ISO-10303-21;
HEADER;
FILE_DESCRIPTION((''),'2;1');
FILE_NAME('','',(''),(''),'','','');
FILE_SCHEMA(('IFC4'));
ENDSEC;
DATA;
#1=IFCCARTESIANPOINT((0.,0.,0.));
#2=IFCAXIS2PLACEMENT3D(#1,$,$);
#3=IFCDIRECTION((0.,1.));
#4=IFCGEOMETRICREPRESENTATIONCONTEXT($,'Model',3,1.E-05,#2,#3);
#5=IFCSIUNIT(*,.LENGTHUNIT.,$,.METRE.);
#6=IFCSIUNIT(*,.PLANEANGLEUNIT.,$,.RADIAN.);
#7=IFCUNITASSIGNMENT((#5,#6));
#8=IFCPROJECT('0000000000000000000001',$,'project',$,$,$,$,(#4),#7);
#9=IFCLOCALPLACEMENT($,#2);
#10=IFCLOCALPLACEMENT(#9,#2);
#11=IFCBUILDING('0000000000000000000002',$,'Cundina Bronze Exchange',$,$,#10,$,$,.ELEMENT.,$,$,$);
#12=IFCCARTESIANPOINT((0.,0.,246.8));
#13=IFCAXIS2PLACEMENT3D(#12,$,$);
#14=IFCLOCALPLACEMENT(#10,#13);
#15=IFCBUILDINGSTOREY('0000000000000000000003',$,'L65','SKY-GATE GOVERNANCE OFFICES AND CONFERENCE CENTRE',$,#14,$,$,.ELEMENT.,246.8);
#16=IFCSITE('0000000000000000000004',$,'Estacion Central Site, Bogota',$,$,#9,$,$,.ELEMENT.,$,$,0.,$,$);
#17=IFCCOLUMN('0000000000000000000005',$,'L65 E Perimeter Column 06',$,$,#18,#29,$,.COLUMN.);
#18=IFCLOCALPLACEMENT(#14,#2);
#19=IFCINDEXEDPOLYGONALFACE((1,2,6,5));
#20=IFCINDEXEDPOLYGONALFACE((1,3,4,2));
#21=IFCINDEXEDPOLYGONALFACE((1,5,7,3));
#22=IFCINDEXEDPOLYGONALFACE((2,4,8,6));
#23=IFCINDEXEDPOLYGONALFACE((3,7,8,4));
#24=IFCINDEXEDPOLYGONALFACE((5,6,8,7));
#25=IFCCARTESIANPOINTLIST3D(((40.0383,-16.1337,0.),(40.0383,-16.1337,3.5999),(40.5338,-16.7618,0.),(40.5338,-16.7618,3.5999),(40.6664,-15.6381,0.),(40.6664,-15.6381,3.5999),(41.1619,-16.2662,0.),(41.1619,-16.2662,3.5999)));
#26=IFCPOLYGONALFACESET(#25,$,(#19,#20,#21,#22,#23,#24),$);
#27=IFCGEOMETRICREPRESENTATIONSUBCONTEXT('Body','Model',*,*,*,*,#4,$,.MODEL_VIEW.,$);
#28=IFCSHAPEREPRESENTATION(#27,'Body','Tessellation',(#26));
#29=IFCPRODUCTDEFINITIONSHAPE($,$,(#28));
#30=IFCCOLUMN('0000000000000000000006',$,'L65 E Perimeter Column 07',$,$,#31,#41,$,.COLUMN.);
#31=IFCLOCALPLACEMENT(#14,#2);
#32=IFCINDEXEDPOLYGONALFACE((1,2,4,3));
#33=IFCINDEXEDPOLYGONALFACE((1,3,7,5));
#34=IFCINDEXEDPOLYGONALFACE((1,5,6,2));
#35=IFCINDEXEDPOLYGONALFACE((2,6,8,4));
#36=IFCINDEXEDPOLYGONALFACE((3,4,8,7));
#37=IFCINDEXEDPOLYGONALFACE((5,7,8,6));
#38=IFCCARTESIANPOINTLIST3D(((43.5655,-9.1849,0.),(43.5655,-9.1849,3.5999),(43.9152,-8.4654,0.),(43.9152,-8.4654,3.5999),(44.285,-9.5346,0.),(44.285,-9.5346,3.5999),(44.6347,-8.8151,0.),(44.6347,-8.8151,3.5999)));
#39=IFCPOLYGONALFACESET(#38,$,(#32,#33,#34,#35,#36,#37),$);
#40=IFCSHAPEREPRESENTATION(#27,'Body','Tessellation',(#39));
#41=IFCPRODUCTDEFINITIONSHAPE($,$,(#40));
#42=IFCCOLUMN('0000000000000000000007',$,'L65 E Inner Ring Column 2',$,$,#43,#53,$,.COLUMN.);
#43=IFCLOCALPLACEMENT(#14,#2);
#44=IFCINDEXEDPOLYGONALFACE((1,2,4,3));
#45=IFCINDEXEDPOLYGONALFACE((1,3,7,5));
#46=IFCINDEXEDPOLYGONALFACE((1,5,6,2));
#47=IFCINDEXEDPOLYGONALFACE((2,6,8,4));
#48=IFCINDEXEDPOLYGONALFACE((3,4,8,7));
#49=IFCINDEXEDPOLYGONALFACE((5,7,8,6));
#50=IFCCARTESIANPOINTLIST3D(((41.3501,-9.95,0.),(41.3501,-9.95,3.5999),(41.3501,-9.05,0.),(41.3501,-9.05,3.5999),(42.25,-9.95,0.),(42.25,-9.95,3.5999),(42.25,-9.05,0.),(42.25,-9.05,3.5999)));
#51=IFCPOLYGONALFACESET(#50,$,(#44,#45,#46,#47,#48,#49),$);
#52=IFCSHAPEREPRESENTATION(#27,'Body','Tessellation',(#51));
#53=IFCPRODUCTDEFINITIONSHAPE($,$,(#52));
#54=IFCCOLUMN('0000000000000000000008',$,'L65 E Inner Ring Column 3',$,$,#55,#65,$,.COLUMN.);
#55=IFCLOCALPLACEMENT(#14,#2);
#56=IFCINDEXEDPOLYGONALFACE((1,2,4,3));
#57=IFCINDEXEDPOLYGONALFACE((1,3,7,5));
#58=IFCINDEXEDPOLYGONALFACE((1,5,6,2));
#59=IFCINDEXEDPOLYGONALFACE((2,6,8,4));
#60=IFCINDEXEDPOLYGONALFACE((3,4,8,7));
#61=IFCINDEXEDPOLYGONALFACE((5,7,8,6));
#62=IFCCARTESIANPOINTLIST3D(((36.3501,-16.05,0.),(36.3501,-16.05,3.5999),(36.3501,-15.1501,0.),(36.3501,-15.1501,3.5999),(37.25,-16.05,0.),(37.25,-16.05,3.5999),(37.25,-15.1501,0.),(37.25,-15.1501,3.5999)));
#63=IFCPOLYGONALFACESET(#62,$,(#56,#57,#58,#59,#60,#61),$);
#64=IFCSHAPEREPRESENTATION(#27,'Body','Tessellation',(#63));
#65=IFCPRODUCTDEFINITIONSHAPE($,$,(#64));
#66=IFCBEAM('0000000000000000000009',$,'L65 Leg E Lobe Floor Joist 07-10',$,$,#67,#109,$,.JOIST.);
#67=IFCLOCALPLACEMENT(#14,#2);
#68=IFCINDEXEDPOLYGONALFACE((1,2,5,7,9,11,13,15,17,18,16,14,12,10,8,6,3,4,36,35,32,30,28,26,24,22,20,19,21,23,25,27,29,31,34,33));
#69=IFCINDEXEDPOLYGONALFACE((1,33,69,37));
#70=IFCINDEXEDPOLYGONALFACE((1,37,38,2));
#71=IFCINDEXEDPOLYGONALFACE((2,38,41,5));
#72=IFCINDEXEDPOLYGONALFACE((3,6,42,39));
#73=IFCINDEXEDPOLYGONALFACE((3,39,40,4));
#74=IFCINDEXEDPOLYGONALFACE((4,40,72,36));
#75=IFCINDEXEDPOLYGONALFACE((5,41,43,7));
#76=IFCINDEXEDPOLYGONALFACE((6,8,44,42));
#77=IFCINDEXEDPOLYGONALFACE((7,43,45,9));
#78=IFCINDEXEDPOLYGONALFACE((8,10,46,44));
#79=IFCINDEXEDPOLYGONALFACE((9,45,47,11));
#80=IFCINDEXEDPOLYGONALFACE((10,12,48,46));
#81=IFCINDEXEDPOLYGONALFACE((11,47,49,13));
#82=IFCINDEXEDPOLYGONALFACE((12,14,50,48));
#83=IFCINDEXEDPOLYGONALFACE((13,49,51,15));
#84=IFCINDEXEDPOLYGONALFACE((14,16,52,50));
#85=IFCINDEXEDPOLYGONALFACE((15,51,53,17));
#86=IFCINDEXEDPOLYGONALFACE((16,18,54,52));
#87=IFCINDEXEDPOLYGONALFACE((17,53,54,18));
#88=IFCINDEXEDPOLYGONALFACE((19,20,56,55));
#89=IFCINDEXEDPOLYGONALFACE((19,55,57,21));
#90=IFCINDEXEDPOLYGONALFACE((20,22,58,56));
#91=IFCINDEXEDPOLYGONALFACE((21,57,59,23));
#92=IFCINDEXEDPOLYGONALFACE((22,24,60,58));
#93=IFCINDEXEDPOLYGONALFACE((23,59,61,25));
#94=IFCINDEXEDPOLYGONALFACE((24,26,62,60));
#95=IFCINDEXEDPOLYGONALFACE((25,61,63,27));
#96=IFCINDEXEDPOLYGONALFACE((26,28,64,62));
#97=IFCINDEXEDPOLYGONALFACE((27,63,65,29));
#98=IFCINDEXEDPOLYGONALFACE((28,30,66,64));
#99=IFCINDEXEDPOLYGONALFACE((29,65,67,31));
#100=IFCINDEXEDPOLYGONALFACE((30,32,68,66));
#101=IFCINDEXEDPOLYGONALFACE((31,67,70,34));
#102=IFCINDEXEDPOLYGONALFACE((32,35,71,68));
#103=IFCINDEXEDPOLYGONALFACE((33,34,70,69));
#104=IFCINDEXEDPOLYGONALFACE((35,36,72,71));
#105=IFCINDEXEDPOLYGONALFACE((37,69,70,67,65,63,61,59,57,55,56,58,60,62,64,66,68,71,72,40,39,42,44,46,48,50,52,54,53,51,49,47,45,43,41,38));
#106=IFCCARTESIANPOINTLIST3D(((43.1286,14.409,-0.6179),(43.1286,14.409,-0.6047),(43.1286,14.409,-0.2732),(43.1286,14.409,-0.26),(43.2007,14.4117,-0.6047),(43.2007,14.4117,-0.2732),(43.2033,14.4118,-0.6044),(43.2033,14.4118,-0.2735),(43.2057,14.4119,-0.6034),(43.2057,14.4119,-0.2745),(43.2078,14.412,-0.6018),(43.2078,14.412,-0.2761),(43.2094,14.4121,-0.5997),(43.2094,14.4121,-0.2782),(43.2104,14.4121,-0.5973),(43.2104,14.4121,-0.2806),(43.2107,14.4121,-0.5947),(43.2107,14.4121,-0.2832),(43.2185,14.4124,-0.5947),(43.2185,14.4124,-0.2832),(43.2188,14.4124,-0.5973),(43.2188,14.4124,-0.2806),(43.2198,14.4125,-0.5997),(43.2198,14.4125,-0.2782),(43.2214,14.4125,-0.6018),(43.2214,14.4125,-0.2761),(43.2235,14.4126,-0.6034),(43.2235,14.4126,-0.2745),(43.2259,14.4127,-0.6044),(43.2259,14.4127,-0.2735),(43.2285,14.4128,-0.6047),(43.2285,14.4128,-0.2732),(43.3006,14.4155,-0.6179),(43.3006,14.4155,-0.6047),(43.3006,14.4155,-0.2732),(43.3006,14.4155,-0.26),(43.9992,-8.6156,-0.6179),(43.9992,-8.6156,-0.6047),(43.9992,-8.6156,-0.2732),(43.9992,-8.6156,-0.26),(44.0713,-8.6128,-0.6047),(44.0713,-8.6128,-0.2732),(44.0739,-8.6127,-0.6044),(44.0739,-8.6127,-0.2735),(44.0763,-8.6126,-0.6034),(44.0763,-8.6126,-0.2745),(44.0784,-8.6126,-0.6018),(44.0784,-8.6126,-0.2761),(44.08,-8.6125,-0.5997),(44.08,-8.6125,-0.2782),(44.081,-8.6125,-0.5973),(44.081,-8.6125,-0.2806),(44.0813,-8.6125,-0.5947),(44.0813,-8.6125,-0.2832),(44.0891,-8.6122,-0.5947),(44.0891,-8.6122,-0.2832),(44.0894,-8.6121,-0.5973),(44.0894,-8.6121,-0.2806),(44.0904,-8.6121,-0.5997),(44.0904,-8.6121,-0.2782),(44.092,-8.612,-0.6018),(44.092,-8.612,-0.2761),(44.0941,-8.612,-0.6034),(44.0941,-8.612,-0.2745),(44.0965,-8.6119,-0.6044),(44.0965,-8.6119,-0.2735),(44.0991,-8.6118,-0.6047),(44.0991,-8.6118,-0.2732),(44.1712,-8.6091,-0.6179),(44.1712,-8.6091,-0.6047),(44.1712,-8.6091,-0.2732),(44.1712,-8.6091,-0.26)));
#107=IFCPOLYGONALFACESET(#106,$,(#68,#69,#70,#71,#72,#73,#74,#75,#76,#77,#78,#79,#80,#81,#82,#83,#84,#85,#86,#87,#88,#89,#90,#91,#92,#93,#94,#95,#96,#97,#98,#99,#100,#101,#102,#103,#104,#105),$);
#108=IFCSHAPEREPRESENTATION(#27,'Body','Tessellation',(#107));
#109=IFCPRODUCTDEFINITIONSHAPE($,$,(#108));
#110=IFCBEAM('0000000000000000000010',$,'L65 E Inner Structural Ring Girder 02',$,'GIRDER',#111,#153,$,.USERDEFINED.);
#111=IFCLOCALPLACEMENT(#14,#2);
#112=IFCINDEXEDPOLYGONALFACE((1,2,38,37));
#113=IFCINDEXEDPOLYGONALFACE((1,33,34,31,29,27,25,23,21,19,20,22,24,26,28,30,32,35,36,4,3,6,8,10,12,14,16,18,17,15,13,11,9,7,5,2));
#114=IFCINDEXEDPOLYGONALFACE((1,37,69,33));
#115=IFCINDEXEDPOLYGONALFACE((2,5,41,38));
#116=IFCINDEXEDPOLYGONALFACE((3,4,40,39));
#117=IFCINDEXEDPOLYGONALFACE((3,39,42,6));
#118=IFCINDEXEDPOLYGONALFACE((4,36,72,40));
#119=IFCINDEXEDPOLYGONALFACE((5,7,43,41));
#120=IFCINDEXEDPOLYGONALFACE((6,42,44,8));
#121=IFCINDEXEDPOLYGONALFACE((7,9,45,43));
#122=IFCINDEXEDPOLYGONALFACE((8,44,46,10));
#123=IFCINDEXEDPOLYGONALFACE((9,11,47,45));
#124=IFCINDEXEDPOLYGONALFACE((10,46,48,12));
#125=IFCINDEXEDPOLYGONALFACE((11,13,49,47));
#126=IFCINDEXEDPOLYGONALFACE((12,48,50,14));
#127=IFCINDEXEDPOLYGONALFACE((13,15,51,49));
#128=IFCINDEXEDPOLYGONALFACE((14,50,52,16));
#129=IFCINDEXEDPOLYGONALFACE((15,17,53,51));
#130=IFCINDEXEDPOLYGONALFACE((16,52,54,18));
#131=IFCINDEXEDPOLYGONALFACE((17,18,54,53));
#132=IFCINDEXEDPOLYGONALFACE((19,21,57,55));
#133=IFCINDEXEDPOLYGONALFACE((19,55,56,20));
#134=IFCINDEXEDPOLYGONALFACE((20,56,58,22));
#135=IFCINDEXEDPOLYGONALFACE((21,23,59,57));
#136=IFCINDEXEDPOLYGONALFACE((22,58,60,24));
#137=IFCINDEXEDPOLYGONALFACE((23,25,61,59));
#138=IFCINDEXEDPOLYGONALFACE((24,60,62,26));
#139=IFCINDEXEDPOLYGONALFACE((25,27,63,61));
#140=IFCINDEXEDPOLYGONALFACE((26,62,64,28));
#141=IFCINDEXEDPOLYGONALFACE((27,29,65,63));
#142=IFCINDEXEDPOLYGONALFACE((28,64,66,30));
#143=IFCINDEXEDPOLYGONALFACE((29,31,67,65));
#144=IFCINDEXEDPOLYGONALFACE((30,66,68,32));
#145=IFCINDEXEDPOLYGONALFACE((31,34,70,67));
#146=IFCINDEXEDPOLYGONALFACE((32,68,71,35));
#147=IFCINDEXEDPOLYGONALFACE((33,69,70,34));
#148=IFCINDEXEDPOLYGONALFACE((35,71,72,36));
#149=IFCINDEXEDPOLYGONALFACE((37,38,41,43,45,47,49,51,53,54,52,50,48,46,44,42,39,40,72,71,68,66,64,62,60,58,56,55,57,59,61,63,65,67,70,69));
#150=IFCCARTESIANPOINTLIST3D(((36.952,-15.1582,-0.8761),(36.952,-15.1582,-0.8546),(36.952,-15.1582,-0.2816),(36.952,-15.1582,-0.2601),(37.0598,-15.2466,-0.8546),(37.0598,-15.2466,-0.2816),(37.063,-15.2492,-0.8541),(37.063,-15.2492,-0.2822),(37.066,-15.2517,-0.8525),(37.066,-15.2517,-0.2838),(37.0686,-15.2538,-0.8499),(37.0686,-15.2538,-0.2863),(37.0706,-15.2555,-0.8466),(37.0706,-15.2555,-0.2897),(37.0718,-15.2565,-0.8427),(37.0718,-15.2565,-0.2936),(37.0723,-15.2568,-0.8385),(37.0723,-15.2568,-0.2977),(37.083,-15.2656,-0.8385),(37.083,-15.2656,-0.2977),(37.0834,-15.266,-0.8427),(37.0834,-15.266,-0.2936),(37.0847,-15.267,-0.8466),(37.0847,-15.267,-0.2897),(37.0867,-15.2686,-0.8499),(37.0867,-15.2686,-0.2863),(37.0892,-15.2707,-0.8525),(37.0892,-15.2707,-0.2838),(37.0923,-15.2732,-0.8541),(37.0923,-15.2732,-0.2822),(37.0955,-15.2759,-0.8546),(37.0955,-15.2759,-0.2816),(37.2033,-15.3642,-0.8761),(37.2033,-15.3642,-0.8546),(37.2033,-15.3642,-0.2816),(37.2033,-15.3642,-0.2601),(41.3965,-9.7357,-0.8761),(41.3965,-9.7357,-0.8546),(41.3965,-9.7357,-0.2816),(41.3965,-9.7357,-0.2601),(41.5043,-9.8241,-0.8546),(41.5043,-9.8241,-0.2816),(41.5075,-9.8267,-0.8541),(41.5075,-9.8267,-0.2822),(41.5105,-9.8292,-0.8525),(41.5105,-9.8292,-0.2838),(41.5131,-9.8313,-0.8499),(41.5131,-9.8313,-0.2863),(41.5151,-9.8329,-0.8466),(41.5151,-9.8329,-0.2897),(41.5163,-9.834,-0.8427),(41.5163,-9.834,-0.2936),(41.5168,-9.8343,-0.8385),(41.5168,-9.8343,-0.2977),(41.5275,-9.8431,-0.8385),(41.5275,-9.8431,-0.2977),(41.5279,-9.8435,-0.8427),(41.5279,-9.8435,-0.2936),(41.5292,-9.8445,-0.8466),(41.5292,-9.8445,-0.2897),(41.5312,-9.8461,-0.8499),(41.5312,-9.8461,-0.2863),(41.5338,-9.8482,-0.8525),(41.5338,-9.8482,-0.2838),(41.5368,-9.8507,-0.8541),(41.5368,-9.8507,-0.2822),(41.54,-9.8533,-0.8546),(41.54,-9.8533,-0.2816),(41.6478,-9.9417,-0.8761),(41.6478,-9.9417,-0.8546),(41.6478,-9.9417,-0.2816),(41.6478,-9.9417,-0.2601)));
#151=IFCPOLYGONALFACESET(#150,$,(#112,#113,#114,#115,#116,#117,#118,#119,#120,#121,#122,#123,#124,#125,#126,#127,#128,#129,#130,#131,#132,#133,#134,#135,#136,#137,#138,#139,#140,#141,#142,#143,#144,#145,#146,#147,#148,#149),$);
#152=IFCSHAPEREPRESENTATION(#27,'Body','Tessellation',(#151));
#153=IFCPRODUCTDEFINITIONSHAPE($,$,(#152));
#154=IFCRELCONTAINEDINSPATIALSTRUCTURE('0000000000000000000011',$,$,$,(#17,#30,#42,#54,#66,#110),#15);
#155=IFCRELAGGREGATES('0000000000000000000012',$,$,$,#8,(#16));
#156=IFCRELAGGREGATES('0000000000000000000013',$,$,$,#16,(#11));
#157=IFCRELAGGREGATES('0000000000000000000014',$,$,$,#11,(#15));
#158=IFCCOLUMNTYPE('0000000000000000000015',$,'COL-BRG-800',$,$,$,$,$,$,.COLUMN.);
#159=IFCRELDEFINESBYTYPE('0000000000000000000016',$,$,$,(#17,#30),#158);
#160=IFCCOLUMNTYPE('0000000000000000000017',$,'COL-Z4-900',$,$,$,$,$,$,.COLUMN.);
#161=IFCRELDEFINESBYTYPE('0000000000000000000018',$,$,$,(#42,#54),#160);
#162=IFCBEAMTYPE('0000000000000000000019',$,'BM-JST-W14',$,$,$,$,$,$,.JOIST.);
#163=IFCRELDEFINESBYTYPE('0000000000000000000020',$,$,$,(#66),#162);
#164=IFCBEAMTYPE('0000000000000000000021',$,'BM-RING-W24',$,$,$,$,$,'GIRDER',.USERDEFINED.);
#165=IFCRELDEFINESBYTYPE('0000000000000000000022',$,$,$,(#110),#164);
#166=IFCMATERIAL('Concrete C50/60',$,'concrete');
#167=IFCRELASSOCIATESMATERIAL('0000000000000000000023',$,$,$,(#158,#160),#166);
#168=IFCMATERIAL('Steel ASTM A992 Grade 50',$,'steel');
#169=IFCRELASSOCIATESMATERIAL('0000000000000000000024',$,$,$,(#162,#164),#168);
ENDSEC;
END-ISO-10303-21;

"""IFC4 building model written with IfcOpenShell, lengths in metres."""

from ifc_helpers import new_model, si_unit, direction, frame, origin, origin_2d, place, context, subcontext, project, spatial, rectangle, i_section, extrude, material, material_profile, profile_set, type_object, element, save


model = new_model("IFC4")

# Units and contexts
model_context = context("Model", 3, precision=1e-05, world=origin(), true_north=direction((0.0, 1.0)))
body_context = subcontext(model_context, "Body", "Model", "MODEL_VIEW")
ifc_project = project(units=[si_unit("LENGTHUNIT", "METRE"), si_unit("PLANEANGLEUNIT", "RADIAN")], contexts=[model_context])

# Site, building, storey
site_placement = place(None, origin())
site = spatial("IfcSite", under=ifc_project, at=site_placement, Name="Estacion Central Site, Bogota", CompositionType="ELEMENT", RefElevation=0.0)
building_placement = place(site_placement, origin())
building = spatial("IfcBuilding", under=site, at=building_placement, Name="Cundina Bronze Exchange", CompositionType="ELEMENT")
storey_placement = place(building_placement, frame((0.0, 0.0, 246.8)))
storey = spatial("IfcBuildingStorey", under=building, at=storey_placement, Name="L65", Description="SKY-GATE GOVERNANCE OFFICES AND CONFERENCE CENTRE", CompositionType="ELEMENT", Elevation=246.8)

# Columns
ifc_material_1 = material(Name="Concrete C50/60", Category="concrete")
ifc_material_profile_1 = material_profile(ifc_material_1, rectangle(XDim=0.8, YDim=0.8, at=origin_2d()), Name="RC800X800", Category="concrete")
ifc_profile_set_1 = profile_set([ifc_material_profile_1], Name="Concrete C50/60")
column_type_1 = type_object("IfcColumnType", Name="COL-BRG-800", PredefinedType="COLUMN", material=ifc_profile_set_1)
for number, where, z_axis, x_axis, name in (
    (1, (40.6001, -16.2, 0.0), (0.0, 0.0, 1.0), (0.785101, 0.619368, 0.0), "L65 E Perimeter Column 06"),
    (2, (44.1001, -9.0, 0.0), (0.0, 0.0, 1.0), (0.437116, 0.899405, 0.0), "L65 E Perimeter Column 07"),
):
    element("IfcColumn", number, at=place(storey_placement, frame(where, z_axis=z_axis, x_axis=x_axis)), inside=storey, type_object=column_type_1, Name=name, PredefinedType="COLUMN", context=body_context, shape_type="SweptSolid", body=[
        extrude(rectangle(XDim=0.8, YDim=0.8, at=origin_2d()), origin(), (0.0, 0.0, 1.0), 3.5999),
    ])
ifc_material_profile_2 = material_profile(ifc_material_1, rectangle(XDim=0.8999, YDim=0.8999, at=origin_2d()), Name="RC900X900", Category="concrete")
ifc_profile_set_2 = profile_set([ifc_material_profile_2], Name="Concrete C50/60")
column_type_2 = type_object("IfcColumnType", Name="COL-Z4-900", PredefinedType="COLUMN", material=ifc_profile_set_2)
for number, where, z_axis, x_axis, name in (
    (3, (41.8, -9.5, 0.0), (0.0, 0.0, 1.0), (1.0, 0.0, 0.0), "L65 E Inner Ring Column 2"),
    (4, (36.8, -15.6001, 0.0), (0.0, 0.0, 1.0), (1.0, 0.0, 0.0), "L65 E Inner Ring Column 3"),
):
    element("IfcColumn", number, at=place(storey_placement, frame(where, z_axis=z_axis, x_axis=x_axis)), inside=storey, type_object=column_type_2, Name=name, PredefinedType="COLUMN", context=body_context, shape_type="SweptSolid", body=[
        extrude(rectangle(XDim=0.8999, YDim=0.8999, at=origin_2d()), origin(), (0.0, 0.0, 1.0), 3.5999),
    ])

# Beams
ifc_material_2 = material(Name="Steel ASTM A992 Grade 50", Category="steel")
ifc_material_profile_3 = material_profile(ifc_material_2, i_section(OverallWidth=0.1721, OverallDepth=0.3579, WebThickness=0.0078, FlangeThickness=0.0132, FilletRadius=0.01, at=origin_2d()), Name="W14X38", Category="steel")
ifc_profile_set_3 = profile_set([ifc_material_profile_3], Name="Steel ASTM A992 Grade 50")
beam_type_1 = type_object("IfcBeamType", Name="BM-JST-W14", PredefinedType="JOIST", material=ifc_profile_set_3)
beam_1_placement = place(storey_placement, frame((44.0852, -8.6123, -0.439), z_axis=(-0.037785, 0.999286, 0.0), x_axis=(-0.999286, -0.037785, 0.0)))
element("IfcBeam", 5, at=beam_1_placement, inside=storey, type_object=beam_type_1, Name="L65 Leg E Lobe Floor Joist 07-10", PredefinedType="JOIST", context=body_context, shape_type="SweptSolid", body=[
    extrude(i_section(OverallWidth=0.1721, OverallDepth=0.3579, WebThickness=0.0078, FlangeThickness=0.0132, FilletRadius=0.01, at=origin_2d()), origin(), (0.0, 0.0, 1.0), 23.041),
])
ifc_material_profile_4 = material_profile(ifc_material_2, i_section(OverallWidth=0.325, OverallDepth=0.616, WebThickness=0.0139, FlangeThickness=0.0215, FilletRadius=0.0161, at=origin_2d()), Name="W24X117", Category="steel")
ifc_profile_set_4 = profile_set([ifc_material_profile_4], Name="Steel ASTM A992 Grade 50")
beam_type_2 = type_object("IfcBeamType", Name="BM-RING-W24", ElementType="GIRDER", PredefinedType="USERDEFINED", material=ifc_profile_set_4)
beam_2_placement = place(storey_placement, frame((37.0776, -15.2612, -0.5681), z_axis=(0.633913, 0.773405, 0.0), x_axis=(-0.773405, 0.633913, 0.0)))
element("IfcBeam", 6, at=beam_2_placement, inside=storey, type_object=beam_type_2, Name="L65 E Inner Structural Ring Girder 02", ObjectType="GIRDER", PredefinedType="USERDEFINED", context=body_context, shape_type="SweptSolid", body=[
    extrude(i_section(OverallWidth=0.325, OverallDepth=0.616, WebThickness=0.0139, FlangeThickness=0.0215, FilletRadius=0.0161, at=origin_2d()), origin(), (0.0, 0.0, 1.0), 7.0112),
])

save(model, "model.ifc")
